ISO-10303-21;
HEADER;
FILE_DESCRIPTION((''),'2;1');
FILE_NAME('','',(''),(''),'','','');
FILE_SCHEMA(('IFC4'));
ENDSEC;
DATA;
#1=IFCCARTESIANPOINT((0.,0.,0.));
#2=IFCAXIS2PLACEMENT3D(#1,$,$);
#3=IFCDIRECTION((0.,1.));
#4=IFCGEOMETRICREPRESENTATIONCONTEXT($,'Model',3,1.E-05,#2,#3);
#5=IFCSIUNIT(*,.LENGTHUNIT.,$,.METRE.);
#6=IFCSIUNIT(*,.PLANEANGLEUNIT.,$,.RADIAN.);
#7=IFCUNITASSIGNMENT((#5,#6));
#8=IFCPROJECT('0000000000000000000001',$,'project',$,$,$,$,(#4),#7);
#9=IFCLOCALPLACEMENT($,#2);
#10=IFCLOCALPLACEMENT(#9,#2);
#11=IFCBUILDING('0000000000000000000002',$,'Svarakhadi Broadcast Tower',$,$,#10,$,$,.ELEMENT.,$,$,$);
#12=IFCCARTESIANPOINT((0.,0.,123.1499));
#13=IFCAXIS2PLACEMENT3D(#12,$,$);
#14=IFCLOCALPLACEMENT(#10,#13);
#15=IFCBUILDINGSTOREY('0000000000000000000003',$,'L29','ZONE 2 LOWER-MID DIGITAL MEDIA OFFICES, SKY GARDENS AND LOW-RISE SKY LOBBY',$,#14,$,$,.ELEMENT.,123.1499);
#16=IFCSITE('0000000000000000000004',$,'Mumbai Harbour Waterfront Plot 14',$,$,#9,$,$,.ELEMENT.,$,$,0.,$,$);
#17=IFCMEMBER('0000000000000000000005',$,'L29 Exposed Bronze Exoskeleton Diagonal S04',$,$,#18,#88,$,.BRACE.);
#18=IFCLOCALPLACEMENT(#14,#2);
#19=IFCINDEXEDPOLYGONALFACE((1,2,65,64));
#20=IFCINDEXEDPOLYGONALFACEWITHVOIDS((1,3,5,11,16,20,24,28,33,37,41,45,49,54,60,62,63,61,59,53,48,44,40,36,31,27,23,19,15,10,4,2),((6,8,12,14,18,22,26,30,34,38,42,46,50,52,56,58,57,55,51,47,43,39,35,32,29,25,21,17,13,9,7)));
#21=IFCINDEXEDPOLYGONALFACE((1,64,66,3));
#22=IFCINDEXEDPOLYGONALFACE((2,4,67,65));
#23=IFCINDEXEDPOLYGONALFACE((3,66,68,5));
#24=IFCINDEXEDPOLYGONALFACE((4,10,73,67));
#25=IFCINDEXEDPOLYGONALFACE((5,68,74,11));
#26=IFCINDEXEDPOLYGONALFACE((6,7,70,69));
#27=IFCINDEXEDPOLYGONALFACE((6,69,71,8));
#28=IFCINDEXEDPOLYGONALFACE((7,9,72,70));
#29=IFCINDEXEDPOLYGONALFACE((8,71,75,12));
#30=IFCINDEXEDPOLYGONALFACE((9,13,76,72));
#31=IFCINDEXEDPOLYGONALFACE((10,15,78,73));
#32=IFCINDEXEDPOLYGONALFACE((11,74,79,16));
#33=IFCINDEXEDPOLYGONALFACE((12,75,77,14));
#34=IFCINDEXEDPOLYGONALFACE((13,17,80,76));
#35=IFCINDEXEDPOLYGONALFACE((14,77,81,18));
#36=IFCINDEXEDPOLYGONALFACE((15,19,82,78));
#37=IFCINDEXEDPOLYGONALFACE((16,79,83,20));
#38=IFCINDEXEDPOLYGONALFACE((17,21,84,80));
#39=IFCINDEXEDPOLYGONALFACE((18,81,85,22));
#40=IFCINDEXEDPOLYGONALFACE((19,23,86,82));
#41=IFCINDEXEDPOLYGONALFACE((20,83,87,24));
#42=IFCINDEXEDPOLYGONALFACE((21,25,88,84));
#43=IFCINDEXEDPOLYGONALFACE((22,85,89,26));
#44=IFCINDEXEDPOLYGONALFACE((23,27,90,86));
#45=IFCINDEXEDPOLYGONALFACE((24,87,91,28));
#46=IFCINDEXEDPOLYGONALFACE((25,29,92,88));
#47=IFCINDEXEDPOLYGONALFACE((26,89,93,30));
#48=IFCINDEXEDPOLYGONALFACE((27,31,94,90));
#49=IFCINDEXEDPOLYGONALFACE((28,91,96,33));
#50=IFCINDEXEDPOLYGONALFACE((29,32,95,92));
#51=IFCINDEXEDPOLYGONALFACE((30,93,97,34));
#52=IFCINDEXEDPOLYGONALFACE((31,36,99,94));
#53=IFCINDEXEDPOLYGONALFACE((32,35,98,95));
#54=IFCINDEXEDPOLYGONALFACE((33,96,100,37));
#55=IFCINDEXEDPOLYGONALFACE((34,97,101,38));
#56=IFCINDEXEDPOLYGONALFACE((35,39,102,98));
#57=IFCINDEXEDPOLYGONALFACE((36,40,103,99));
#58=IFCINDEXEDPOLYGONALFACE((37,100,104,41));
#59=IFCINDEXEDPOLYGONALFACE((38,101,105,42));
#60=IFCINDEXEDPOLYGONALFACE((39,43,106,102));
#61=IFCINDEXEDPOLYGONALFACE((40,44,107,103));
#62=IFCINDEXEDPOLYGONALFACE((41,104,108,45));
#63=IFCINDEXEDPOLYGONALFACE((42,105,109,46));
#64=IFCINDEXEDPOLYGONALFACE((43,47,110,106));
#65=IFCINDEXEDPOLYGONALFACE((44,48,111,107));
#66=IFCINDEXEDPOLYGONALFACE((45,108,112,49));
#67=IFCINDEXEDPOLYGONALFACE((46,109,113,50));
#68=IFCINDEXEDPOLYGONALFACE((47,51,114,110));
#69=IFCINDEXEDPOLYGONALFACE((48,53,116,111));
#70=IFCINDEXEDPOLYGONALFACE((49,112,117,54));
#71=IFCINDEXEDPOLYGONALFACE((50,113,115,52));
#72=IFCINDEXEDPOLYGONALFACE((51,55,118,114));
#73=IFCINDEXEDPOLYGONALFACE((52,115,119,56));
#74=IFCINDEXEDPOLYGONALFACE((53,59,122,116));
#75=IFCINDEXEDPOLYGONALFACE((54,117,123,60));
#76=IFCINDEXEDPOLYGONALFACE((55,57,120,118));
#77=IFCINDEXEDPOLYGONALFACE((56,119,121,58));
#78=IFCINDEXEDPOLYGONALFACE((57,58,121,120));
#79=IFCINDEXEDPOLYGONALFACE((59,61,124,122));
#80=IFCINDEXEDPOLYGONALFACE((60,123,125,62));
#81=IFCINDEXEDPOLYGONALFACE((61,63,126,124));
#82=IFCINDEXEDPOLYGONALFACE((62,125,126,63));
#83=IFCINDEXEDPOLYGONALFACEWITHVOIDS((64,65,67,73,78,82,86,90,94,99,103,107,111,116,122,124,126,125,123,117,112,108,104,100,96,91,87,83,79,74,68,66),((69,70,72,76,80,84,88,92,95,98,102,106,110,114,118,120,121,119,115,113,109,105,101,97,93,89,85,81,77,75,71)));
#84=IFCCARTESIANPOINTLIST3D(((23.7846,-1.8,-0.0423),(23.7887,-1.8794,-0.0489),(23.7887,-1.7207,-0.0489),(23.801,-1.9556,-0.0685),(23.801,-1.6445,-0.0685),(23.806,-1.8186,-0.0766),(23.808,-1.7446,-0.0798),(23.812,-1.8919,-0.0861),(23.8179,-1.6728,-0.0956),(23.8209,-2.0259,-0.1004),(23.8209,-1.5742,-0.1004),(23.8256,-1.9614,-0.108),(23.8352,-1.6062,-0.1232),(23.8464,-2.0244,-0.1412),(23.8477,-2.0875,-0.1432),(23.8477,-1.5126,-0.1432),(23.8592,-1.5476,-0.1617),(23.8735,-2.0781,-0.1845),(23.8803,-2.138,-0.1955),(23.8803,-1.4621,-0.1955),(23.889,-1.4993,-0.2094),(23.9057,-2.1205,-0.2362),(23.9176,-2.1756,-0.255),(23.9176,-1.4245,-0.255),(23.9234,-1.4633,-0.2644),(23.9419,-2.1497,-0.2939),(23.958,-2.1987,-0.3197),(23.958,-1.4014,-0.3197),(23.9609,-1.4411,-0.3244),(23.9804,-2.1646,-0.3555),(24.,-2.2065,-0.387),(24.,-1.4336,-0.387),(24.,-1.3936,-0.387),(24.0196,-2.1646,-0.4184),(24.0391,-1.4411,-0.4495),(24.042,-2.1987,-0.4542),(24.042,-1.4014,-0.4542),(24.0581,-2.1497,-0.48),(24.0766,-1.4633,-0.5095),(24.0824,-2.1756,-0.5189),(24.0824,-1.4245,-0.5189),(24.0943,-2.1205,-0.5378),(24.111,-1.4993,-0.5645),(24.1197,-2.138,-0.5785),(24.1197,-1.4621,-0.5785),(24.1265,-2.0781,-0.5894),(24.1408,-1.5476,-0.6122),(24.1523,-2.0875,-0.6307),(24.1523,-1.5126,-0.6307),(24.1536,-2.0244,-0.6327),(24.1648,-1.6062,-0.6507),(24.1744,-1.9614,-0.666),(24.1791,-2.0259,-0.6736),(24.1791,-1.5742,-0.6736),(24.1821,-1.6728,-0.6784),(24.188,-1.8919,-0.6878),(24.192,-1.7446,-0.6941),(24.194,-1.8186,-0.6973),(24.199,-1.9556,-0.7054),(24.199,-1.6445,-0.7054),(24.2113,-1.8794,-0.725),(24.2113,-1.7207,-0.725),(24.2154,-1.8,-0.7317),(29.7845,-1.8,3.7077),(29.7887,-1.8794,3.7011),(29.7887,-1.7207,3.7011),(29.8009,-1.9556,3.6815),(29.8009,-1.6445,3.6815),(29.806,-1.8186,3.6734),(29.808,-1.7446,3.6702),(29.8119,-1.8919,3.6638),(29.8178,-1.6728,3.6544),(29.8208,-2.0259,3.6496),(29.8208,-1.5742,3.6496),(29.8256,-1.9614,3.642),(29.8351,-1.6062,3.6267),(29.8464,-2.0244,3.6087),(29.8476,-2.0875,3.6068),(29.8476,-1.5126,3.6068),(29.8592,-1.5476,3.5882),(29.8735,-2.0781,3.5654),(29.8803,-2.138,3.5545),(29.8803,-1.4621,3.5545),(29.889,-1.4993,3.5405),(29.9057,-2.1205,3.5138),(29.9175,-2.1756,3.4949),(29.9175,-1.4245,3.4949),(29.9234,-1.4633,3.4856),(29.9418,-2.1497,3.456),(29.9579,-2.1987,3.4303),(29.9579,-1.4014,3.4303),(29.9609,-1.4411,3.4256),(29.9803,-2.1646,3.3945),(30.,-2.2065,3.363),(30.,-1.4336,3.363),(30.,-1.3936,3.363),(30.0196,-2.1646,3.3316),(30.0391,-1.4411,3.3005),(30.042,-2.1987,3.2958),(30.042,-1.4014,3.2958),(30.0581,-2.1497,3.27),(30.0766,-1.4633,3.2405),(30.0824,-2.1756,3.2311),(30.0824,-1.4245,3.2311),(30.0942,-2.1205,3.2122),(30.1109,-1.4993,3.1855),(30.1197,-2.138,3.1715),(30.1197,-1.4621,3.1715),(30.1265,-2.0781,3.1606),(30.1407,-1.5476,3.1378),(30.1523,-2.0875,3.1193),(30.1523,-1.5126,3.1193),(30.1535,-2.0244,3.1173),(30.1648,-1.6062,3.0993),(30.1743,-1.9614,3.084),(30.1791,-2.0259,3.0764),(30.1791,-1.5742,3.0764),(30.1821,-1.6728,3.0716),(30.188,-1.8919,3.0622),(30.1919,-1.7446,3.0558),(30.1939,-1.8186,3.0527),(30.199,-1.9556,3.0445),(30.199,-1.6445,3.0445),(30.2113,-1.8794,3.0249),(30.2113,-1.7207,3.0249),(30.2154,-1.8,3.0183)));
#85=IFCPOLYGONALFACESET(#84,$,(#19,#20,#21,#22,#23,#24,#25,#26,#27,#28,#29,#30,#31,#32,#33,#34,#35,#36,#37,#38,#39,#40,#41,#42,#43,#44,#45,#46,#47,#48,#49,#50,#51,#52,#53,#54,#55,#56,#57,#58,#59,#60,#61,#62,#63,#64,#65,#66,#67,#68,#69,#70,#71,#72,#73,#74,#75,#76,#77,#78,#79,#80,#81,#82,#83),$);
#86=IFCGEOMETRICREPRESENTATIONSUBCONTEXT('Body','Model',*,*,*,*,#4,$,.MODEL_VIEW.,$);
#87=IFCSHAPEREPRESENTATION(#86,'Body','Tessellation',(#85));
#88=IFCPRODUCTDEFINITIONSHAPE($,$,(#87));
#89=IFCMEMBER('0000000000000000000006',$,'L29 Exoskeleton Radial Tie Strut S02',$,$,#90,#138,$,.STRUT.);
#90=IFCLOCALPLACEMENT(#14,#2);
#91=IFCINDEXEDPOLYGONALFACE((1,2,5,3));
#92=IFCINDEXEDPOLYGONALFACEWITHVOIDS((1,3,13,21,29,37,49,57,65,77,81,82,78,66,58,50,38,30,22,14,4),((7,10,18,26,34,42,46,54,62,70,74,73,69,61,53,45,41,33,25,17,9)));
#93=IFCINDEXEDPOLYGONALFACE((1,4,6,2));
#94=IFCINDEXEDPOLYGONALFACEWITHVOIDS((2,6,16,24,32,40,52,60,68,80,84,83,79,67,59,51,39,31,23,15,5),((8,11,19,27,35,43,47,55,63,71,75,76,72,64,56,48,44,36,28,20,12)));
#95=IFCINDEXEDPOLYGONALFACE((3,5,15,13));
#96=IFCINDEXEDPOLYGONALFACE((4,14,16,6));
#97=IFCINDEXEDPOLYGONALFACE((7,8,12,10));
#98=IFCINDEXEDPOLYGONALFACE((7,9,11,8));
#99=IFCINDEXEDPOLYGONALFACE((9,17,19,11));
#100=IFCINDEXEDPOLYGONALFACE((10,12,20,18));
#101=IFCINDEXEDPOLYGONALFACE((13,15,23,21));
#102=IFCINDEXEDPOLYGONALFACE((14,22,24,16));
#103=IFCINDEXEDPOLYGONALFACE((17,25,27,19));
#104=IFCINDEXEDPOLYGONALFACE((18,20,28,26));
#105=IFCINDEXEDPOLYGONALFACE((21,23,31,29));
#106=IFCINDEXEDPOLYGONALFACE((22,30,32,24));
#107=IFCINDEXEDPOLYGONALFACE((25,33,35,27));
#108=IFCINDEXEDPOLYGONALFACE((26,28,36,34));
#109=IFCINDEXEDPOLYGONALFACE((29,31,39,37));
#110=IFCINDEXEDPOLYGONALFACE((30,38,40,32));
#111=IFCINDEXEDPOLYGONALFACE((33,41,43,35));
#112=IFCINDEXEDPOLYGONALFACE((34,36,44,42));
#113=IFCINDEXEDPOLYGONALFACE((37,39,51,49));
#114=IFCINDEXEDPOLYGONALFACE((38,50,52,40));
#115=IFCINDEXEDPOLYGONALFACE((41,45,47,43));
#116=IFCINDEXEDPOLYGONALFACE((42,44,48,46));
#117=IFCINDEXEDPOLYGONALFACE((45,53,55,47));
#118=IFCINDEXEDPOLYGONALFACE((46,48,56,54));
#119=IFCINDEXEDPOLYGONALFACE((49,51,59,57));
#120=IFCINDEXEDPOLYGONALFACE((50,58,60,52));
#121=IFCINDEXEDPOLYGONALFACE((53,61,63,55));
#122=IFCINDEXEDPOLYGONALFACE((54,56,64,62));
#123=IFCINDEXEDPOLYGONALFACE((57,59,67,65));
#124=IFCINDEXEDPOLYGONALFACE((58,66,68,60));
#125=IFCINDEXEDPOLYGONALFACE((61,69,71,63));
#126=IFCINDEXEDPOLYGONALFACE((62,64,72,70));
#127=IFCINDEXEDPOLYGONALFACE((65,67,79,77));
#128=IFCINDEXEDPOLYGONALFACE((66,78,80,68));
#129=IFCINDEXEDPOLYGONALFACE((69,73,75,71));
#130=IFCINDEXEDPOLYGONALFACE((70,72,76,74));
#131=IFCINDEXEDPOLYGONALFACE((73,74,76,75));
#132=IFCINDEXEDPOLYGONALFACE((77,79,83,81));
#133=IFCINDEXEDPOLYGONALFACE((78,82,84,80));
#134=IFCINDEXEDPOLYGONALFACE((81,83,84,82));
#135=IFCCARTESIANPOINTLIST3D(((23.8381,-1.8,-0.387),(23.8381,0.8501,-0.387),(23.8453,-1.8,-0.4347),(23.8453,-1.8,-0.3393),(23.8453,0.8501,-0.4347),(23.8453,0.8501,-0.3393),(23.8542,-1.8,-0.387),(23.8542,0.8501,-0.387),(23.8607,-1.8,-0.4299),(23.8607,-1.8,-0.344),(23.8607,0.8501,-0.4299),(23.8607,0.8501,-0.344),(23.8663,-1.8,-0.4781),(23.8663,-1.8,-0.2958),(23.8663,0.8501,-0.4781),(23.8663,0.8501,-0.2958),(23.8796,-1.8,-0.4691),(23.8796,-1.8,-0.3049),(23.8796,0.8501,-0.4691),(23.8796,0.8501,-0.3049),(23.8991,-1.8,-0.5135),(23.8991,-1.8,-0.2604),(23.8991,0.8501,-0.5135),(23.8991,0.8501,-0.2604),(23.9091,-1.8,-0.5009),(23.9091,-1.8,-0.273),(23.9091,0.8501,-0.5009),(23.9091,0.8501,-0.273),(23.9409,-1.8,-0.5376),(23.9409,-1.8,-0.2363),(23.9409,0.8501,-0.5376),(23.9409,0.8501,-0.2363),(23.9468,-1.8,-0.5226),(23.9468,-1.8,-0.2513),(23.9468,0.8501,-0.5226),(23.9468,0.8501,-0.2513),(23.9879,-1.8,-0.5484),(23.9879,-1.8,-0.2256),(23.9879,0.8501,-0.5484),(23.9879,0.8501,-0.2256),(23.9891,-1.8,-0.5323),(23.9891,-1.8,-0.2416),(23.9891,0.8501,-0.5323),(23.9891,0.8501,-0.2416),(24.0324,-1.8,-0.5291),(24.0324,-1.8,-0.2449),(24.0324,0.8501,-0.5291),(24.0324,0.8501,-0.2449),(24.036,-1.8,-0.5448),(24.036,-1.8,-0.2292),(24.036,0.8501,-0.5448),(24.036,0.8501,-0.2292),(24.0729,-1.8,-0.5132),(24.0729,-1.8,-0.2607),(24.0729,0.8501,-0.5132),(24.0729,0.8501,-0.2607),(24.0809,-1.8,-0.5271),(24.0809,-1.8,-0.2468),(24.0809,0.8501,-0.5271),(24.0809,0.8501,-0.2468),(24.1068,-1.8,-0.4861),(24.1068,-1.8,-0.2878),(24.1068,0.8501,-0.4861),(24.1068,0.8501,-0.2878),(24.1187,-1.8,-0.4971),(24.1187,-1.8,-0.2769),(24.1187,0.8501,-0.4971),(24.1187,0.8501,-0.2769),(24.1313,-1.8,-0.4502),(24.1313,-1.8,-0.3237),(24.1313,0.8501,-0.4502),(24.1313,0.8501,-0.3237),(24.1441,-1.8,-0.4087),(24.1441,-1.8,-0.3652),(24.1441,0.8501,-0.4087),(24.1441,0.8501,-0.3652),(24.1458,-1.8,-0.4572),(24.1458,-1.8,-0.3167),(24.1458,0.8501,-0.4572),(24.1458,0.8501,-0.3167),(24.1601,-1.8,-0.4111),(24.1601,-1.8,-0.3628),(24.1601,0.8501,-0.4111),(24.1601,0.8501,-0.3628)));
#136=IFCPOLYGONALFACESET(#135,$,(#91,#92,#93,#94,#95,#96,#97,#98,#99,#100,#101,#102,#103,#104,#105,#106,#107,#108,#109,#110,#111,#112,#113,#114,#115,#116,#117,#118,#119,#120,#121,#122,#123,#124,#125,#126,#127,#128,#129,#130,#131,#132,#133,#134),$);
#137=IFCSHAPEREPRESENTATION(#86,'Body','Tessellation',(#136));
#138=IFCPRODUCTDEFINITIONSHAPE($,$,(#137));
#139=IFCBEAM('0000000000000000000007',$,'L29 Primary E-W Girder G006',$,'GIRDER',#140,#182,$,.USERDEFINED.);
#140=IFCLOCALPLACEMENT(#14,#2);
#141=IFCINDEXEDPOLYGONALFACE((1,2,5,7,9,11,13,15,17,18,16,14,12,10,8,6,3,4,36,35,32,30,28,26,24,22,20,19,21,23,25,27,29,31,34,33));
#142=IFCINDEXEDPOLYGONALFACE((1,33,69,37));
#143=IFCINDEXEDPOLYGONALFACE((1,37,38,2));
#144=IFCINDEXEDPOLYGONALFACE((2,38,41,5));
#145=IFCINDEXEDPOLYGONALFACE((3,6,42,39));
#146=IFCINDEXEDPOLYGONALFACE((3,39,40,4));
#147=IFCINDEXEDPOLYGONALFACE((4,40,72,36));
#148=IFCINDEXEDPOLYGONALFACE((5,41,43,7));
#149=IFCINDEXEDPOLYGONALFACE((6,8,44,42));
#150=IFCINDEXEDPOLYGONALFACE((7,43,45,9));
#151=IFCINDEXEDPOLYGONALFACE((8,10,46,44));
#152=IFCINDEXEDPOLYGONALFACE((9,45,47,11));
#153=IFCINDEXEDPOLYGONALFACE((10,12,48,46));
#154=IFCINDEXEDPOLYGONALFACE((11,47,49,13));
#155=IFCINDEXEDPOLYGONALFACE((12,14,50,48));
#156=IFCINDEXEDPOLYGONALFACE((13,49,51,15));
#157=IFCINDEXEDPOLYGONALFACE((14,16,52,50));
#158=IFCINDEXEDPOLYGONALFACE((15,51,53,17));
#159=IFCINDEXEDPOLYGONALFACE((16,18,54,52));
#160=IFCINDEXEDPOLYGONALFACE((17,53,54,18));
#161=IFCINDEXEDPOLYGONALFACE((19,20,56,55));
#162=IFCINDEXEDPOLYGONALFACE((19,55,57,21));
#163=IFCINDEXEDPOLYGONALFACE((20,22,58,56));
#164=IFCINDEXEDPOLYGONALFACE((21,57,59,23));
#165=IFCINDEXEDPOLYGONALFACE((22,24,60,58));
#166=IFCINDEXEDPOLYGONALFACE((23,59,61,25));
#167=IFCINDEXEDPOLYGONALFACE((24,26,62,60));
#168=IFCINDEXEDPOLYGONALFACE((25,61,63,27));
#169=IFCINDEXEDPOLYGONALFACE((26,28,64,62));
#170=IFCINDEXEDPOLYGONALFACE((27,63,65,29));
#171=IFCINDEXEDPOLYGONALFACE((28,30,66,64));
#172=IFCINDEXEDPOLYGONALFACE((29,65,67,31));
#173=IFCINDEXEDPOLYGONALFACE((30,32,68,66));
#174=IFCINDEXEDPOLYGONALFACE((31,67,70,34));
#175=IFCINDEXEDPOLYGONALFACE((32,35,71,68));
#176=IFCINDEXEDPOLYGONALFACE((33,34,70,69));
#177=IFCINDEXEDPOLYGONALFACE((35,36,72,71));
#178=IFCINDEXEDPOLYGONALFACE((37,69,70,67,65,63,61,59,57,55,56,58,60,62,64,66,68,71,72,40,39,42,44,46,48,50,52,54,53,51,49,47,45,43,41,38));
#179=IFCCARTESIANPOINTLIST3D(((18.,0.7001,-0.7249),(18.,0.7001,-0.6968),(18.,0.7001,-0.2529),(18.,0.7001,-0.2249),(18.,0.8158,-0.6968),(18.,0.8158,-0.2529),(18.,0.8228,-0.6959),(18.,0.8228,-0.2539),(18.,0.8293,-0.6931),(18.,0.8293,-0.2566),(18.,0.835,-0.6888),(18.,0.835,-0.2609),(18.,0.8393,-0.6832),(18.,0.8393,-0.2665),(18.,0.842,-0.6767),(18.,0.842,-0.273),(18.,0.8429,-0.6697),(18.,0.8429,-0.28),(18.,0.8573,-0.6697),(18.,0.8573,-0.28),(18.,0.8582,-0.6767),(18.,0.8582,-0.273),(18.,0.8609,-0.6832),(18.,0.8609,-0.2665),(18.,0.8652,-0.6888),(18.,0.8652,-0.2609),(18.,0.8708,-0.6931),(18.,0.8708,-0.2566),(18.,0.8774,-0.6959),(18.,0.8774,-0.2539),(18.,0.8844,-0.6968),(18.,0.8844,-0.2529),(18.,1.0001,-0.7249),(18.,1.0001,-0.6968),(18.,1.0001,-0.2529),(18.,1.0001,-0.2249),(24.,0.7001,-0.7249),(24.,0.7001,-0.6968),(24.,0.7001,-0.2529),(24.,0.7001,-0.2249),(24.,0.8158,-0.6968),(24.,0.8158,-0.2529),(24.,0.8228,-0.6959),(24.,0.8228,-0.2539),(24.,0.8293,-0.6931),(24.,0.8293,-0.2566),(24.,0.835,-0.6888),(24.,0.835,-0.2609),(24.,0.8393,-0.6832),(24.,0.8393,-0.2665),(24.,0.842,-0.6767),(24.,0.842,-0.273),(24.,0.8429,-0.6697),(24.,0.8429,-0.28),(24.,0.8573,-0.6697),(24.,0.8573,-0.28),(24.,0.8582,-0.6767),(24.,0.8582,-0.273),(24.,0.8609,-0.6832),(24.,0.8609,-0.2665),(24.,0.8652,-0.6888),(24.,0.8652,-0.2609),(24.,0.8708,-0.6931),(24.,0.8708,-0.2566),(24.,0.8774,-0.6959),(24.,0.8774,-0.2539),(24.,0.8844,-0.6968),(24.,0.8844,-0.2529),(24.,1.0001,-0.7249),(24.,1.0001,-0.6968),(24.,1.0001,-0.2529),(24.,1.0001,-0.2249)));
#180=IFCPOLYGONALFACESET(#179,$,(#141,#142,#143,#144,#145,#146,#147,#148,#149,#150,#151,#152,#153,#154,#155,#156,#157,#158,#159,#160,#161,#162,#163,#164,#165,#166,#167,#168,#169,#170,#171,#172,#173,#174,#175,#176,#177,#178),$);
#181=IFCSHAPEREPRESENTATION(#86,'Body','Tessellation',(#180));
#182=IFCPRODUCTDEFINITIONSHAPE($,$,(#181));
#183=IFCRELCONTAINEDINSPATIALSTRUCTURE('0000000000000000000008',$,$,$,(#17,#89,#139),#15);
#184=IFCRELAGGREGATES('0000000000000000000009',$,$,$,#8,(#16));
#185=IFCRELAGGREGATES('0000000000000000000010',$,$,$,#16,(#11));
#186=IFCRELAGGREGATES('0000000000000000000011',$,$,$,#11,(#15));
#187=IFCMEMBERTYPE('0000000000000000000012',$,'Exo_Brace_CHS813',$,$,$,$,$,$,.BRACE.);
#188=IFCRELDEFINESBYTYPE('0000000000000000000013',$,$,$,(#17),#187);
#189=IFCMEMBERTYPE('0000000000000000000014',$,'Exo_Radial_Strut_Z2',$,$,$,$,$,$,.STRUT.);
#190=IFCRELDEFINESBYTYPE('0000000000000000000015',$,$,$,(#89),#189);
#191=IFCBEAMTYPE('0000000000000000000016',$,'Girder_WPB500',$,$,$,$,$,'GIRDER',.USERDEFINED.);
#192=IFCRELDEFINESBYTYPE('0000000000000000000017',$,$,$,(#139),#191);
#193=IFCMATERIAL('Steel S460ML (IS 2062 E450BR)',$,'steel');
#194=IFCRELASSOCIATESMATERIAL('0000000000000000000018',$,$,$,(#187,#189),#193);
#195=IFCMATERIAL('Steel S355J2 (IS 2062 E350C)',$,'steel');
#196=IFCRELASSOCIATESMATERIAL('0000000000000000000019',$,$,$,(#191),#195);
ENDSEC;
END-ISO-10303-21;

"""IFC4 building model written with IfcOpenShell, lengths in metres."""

from ifc_helpers import new_model, si_unit, direction, frame, origin, origin_2d, place, context, subcontext, project, spatial, hollow_circle, i_section, extrude, material, material_profile, profile_set, type_object, element, save


model = new_model("IFC4")

# Units and contexts
model_context = context("Model", 3, precision=1e-05, world=origin(), true_north=direction((0.0, 1.0)))
body_context = subcontext(model_context, "Body", "Model", "MODEL_VIEW")
ifc_project = project(units=[si_unit("LENGTHUNIT", "METRE"), si_unit("PLANEANGLEUNIT", "RADIAN")], contexts=[model_context])

# Site, building, storey
site_placement = place(None, origin())
site = spatial("IfcSite", under=ifc_project, at=site_placement, Name="Mumbai Harbour Waterfront Plot 14", CompositionType="ELEMENT", RefElevation=0.0)
building_placement = place(site_placement, origin())
building = spatial("IfcBuilding", under=site, at=building_placement, Name="Svarakhadi Broadcast Tower", CompositionType="ELEMENT")
storey_placement = place(building_placement, frame((0.0, 0.0, 123.1499)))
storey = spatial("IfcBuildingStorey", under=building, at=storey_placement, Name="L29", Description="ZONE 2 LOWER-MID DIGITAL MEDIA OFFICES, SKY GARDENS AND LOW-RISE SKY LOBBY", CompositionType="ELEMENT", Elevation=123.1499)

# Members
ifc_material_1 = material(Name="Steel S460ML (IS 2062 E450BR)", Category="steel")
ifc_material_profile_1 = material_profile(ifc_material_1, hollow_circle(Radius=0.4065, WallThickness=0.04, at=origin_2d()), Name="CHS 813x40")
ifc_profile_set_1 = profile_set([ifc_material_profile_1], Name="Steel S460ML (IS 2062 E450BR)")
member_type_1 = type_object("IfcMemberType", Name="Exo_Brace_CHS813", PredefinedType="BRACE", material=ifc_profile_set_1)
for number, where, z_axis, x_axis, name in (
    (1, (24.0, -1.8, -0.387), (0.847998, 0.0, 0.529999), (0.0, 1.0, 0.0), "L29 Exposed Bronze Exoskeleton Diagonal S04"),
):
    element("IfcMember", number, at=place(storey_placement, frame(where, z_axis=z_axis, x_axis=x_axis)), inside=storey, type_object=member_type_1, Name=name, PredefinedType="BRACE", context=body_context, shape_type="SweptSolid", body=[
        extrude(hollow_circle(Radius=0.4065, WallThickness=0.04, at=origin_2d()), origin(), (0.0, 0.0, 1.0), 7.0754),
    ])
ifc_material_profile_2 = material_profile(ifc_material_1, hollow_circle(Radius=0.1619, WallThickness=0.0161, at=origin_2d()), Name="CHS 323.9x16")
ifc_profile_set_2 = profile_set([ifc_material_profile_2], Name="Steel S460ML (IS 2062 E450BR)")
member_type_2 = type_object("IfcMemberType", Name="Exo_Radial_Strut_Z2", PredefinedType="STRUT", material=ifc_profile_set_2)
member_1_placement = place(storey_placement, frame((24.0, -1.8, -0.387), z_axis=(0.0, 1.0, 0.0), x_axis=(-1.0, 0.0, 0.0)))
element("IfcMember", 2, at=member_1_placement, inside=storey, type_object=member_type_2, Name="L29 Exoskeleton Radial Tie Strut S02", PredefinedType="STRUT", context=body_context, shape_type="SweptSolid", body=[
    extrude(hollow_circle(Radius=0.1619, WallThickness=0.0161, at=origin_2d()), origin(), (0.0, 0.0, 1.0), 2.6501),
])

# Beam
ifc_material_2 = material(Name="Steel S355J2 (IS 2062 E350C)", Category="steel")
ifc_material_profile_3 = material_profile(ifc_material_2, i_section(OverallWidth=0.3, OverallDepth=0.5, WebThickness=0.0144, FlangeThickness=0.0281, FilletRadius=0.0271, at=origin_2d()), Name="WPB 500x300x187")
ifc_profile_set_3 = profile_set([ifc_material_profile_3], Name="Steel S355J2 (IS 2062 E350C)")
beam_type = type_object("IfcBeamType", Name="Girder_WPB500", ElementType="GIRDER", PredefinedType="USERDEFINED", material=ifc_profile_set_3)
for number, where, z_axis, x_axis, name in (
    (3, (18.0, 0.8501, -0.4749), (1.0, 0.0, 0.0), (0.0, 1.0, 0.0), "L29 Primary E-W Girder G006"),
):
    element("IfcBeam", number, at=place(storey_placement, frame(where, z_axis=z_axis, x_axis=x_axis)), inside=storey, type_object=beam_type, Name=name, ObjectType="GIRDER", PredefinedType="USERDEFINED", context=body_context, shape_type="SweptSolid", body=[
        extrude(i_section(OverallWidth=0.3, OverallDepth=0.5, WebThickness=0.0144, FlangeThickness=0.0281, FilletRadius=0.0271, at=origin_2d()), origin(), (0.0, 0.0, 1.0), 6.0),
    ])

save(model, "model.ifc")
